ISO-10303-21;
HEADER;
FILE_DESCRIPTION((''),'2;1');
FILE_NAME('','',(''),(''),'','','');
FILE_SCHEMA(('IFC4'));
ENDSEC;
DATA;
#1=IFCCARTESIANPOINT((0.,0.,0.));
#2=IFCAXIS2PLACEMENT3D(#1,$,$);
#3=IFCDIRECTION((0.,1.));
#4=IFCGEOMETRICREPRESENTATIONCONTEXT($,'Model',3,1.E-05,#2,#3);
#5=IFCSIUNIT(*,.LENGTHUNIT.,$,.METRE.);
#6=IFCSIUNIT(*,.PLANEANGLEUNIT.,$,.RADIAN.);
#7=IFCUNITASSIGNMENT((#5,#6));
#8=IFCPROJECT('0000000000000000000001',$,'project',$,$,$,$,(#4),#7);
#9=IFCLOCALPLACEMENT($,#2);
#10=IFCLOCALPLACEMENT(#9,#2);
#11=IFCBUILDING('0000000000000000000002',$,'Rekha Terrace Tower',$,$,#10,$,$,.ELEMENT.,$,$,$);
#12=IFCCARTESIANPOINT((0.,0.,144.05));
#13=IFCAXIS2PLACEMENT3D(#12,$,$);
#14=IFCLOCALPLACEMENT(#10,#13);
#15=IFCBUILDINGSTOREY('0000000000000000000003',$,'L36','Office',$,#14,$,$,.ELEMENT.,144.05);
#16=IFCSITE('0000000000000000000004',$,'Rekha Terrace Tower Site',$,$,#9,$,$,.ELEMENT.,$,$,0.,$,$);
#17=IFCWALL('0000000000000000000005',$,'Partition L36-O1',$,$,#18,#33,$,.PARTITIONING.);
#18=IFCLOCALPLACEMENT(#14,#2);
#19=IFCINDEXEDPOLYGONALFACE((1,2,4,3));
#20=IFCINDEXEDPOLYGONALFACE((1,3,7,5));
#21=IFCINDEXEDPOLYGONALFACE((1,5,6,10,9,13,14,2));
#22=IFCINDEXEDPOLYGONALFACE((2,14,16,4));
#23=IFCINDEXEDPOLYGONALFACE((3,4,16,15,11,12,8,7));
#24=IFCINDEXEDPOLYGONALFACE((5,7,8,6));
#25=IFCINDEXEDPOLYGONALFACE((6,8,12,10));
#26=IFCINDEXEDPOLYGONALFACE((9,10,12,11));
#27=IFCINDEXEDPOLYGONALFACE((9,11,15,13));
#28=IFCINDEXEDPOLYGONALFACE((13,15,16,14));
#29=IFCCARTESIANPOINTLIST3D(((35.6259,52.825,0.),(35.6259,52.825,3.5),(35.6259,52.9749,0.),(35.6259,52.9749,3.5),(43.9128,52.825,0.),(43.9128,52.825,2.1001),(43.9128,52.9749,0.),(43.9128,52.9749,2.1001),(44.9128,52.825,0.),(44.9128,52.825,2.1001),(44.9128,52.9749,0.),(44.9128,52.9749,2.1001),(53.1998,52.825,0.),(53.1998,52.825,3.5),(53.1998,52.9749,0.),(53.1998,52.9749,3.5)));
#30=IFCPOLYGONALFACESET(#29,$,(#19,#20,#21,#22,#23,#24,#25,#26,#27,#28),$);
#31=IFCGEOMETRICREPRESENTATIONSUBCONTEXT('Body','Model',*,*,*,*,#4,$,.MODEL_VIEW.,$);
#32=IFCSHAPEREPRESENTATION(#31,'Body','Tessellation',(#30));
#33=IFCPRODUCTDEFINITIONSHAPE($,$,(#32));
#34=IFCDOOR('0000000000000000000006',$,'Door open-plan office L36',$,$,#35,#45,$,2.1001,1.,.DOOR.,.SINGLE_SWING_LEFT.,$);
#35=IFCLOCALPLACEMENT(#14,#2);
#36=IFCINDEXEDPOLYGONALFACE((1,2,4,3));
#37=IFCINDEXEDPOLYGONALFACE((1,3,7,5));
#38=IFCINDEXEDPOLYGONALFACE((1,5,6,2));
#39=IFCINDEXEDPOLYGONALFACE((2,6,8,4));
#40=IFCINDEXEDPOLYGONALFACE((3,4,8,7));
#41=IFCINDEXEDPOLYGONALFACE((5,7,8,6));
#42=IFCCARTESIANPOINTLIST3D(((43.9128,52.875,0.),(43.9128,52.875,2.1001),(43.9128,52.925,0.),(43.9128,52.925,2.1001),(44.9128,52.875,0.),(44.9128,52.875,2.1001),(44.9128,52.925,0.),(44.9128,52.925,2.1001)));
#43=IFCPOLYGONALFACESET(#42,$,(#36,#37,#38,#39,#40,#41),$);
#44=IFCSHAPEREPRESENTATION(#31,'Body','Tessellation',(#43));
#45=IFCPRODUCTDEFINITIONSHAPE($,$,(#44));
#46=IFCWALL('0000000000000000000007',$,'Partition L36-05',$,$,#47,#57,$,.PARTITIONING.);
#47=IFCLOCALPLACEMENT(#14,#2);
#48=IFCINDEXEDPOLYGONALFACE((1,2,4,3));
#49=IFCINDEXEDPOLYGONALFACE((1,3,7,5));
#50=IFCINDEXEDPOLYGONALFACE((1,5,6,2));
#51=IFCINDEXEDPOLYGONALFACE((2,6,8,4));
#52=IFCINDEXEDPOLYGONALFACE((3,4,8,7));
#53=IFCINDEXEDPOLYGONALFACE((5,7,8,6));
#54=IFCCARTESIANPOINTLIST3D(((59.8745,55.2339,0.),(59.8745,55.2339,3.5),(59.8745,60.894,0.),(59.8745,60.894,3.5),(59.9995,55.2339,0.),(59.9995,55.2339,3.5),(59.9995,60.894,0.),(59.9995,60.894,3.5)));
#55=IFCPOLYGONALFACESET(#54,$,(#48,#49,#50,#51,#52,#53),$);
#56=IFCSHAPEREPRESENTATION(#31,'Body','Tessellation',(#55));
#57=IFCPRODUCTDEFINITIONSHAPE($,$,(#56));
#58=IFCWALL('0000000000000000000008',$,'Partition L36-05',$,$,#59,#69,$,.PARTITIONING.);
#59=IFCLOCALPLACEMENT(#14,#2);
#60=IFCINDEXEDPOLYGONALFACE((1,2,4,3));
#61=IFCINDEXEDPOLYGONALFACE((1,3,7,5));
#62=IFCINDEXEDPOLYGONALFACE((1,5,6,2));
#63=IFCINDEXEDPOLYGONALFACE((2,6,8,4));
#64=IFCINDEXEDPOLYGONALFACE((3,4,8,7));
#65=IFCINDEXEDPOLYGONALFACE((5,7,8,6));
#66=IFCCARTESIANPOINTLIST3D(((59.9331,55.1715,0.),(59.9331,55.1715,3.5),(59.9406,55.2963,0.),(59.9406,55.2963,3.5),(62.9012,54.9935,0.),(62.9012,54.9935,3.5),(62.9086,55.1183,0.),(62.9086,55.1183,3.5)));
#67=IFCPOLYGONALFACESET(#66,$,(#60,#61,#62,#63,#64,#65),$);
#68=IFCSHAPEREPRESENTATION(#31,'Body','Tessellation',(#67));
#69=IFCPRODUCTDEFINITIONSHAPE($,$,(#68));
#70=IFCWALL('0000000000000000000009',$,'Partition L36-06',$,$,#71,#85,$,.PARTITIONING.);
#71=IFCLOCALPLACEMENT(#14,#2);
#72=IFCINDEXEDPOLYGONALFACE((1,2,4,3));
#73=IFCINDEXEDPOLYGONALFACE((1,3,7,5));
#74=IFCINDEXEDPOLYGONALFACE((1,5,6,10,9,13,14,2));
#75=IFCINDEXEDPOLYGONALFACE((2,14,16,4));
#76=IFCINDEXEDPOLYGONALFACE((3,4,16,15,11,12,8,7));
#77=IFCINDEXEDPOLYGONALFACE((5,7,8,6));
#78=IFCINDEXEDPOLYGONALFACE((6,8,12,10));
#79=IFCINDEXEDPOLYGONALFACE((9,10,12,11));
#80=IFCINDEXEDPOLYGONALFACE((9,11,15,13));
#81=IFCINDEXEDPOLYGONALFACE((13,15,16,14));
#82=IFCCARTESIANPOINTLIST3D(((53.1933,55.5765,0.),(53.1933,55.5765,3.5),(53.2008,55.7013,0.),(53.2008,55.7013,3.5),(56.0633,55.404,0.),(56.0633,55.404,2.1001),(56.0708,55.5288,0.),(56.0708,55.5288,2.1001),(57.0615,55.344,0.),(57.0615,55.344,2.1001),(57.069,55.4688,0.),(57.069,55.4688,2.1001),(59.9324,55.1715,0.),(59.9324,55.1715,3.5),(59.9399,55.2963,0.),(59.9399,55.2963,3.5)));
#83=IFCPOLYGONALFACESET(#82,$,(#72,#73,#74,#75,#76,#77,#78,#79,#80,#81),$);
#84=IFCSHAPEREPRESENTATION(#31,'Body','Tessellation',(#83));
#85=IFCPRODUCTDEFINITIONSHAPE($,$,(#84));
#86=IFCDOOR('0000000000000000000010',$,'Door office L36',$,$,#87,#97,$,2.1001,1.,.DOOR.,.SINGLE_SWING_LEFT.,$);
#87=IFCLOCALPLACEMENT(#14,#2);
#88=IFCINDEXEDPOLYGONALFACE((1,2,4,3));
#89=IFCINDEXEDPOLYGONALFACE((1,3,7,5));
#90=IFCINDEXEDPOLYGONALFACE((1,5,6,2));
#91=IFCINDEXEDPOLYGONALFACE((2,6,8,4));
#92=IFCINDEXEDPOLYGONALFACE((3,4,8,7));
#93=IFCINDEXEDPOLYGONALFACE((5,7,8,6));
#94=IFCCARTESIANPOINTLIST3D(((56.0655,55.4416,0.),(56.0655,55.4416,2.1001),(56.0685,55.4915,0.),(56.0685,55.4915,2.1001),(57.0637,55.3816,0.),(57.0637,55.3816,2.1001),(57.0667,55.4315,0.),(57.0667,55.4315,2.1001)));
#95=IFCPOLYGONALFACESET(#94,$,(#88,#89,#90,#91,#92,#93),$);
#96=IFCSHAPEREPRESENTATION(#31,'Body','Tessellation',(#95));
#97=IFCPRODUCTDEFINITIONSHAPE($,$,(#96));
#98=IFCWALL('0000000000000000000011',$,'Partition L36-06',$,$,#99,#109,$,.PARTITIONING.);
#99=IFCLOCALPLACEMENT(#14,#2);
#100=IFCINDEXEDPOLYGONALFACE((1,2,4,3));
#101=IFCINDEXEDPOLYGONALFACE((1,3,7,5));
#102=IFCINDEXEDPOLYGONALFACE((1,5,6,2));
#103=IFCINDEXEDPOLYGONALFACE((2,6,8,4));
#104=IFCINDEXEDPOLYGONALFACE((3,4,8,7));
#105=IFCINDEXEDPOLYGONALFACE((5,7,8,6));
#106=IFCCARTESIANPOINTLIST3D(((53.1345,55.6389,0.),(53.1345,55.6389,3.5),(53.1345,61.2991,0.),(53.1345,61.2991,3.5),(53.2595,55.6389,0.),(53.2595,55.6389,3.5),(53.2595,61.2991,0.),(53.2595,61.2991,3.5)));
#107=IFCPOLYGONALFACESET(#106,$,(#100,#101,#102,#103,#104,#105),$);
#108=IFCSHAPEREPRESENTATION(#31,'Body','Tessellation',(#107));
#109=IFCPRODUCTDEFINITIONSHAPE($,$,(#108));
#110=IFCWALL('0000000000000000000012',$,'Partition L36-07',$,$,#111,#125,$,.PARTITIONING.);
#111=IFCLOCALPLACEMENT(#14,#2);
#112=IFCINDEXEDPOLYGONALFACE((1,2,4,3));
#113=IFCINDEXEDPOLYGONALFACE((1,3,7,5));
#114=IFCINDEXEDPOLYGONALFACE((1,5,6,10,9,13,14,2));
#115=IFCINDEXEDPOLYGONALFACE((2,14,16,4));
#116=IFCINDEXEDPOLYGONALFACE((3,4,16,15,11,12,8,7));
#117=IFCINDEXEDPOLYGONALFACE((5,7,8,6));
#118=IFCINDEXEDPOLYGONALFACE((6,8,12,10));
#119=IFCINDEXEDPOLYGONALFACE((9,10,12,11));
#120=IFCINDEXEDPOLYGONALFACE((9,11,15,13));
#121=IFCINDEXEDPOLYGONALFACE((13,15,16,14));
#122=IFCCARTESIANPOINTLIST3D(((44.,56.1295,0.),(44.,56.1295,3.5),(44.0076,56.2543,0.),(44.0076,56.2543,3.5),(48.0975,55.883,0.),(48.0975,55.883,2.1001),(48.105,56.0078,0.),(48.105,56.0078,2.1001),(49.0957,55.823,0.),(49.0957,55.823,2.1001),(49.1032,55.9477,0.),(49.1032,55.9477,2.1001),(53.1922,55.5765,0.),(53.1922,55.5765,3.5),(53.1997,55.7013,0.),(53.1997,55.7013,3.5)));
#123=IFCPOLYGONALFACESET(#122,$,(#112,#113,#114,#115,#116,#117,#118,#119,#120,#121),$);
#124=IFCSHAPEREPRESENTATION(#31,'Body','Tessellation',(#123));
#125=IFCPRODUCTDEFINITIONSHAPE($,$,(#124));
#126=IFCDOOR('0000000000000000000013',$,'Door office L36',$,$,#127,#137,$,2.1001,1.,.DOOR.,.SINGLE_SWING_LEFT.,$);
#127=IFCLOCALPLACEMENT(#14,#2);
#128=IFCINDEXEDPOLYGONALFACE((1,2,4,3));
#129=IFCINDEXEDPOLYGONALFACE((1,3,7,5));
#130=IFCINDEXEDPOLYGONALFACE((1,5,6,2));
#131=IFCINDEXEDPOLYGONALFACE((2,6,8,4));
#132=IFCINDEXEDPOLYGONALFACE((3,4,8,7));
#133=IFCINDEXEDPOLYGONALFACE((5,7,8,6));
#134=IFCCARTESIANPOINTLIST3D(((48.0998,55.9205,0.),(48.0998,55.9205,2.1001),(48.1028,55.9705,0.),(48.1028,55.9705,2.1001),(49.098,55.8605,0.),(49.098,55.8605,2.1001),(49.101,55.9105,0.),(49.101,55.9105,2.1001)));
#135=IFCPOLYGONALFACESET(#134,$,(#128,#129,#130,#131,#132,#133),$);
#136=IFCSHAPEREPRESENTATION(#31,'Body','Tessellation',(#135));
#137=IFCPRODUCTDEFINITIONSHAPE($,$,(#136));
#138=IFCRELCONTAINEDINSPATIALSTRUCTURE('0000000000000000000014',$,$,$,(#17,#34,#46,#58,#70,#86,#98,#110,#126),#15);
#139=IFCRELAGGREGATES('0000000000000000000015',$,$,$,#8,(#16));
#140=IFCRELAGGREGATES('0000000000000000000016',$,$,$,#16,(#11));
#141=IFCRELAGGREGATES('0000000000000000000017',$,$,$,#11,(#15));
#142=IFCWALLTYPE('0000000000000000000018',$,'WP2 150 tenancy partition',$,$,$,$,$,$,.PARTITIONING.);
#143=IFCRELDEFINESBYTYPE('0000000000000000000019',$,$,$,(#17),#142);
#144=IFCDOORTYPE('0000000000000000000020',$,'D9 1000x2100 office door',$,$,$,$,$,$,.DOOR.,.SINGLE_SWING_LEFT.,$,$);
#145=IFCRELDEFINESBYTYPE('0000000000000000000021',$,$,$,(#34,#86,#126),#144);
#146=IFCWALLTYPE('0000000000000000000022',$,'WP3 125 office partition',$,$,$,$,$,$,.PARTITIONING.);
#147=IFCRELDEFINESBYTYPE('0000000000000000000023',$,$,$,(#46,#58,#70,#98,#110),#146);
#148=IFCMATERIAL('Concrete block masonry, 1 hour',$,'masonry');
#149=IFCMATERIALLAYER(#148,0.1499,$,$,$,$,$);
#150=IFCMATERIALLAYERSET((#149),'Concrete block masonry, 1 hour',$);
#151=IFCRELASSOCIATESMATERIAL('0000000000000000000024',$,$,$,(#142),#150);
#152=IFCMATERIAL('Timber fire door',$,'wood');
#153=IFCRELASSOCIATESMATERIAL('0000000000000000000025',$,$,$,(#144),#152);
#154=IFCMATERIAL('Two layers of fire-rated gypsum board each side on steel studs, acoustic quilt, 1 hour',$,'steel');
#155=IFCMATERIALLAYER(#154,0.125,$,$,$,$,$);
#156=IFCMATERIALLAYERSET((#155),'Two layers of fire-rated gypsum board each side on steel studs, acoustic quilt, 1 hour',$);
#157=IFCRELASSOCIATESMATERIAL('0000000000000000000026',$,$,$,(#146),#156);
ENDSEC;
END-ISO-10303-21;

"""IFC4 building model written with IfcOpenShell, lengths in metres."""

from ifc_helpers import new_model, si_unit, direction, frame, frame_2d, origin, place, context, subcontext, project, spatial, rectangle, extrude, material, layer, layer_set, type_object, element, fill, save


model = new_model("IFC4")

# Units and contexts
model_context = context("Model", 3, precision=1e-05, world=origin(), true_north=direction((0.0, 1.0)))
body_context = subcontext(model_context, "Body", "Model", "MODEL_VIEW")
ifc_project = project(units=[si_unit("LENGTHUNIT", "METRE"), si_unit("PLANEANGLEUNIT", "RADIAN")], contexts=[model_context])

# Site, building, storey
site_placement = place(None, origin())
site = spatial("IfcSite", under=ifc_project, at=site_placement, Name="Rekha Terrace Tower Site", CompositionType="ELEMENT", RefElevation=0.0)
building_placement = place(site_placement, origin())
building = spatial("IfcBuilding", under=site, at=building_placement, Name="Rekha Terrace Tower", CompositionType="ELEMENT")
storey_placement = place(building_placement, frame((0.0, 0.0, 144.05)))
storey = spatial("IfcBuildingStorey", under=building, at=storey_placement, Name="L36", Description="Office", CompositionType="ELEMENT", Elevation=144.05)

# Wall, opening, door
ifc_material_1 = material(Name="Concrete block masonry, 1 hour", Category="masonry")
ifc_layer_1 = layer(ifc_material_1, 0.1499)
ifc_layer_set_1 = layer_set([ifc_layer_1], Name="Concrete block masonry, 1 hour")
wall_type_1 = type_object("IfcWallType", Name="WP2 150 tenancy partition", PredefinedType="PARTITIONING", material=ifc_layer_set_1)
wall_1_placement = place(storey_placement, frame((53.2, 52.8999, 0.0), z_axis=(0.0, 0.0, 1.0), x_axis=(-1.0, 0.0, 0.0)))
wall_1 = element("IfcWall", 1, at=wall_1_placement, inside=storey, type_object=wall_type_1, Name="Partition L36-O1", PredefinedType="PARTITIONING", context=body_context, shape_type="SweptSolid", body=[
    extrude(rectangle(XDim=17.574, YDim=0.1499, at=frame_2d((8.7871, 0.0))), origin(), (0.0, 0.0, 1.0), 3.5),
])
opening_1_placement = place(wall_1_placement, frame((8.2871, 0.0, 0.0)))
opening_1 = element("IfcOpeningElement", 2, at=opening_1_placement, cuts=wall_1, PredefinedType="OPENING", context=body_context, shape_type="SweptSolid", body=[
    extrude(rectangle(XDim=1.0, YDim=2.1001, at=frame_2d((0.5, 1.05))), frame((0.0, 0.085, 0.0), z_axis=(0.0, -1.0, 0.0), x_axis=(1.0, 0.0, 0.0)), (0.0, 0.0, 1.0), 0.1699),
])
ifc_material_2 = material(Name="Timber fire door", Category="wood")
door_type = type_object("IfcDoorType", Name="D9 1000x2100 office door", OperationType="SINGLE_SWING_LEFT", PredefinedType="DOOR", material=ifc_material_2)
door_1_placement = place(opening_1_placement, origin())
door_1 = element("IfcDoor", 3, at=door_1_placement, inside=storey, type_object=door_type, Name="Door open-plan office L36", OperationType="SINGLE_SWING_LEFT", OverallHeight=2.1001, OverallWidth=1.0, PredefinedType="DOOR", context=body_context, shape_type="SweptSolid", body=[
    extrude(rectangle(XDim=1.0, YDim=2.1001, at=frame_2d((0.5, 1.05))), frame((0.0, 0.0249, 0.0), z_axis=(0.0, -1.0, 0.0), x_axis=(1.0, 0.0, 0.0)), (0.0, 0.0, 1.0), 0.05),
])
fill(opening_1, door_1)

# Walls
ifc_material_3 = material(Name="Two layers of fire-rated gypsum board each side on steel studs, acoustic quilt, 1 hour", Category="steel")
ifc_layer_2 = layer(ifc_material_3, 0.125)
ifc_layer_set_2 = layer_set([ifc_layer_2], Name="Two layers of fire-rated gypsum board each side on steel studs, acoustic quilt, 1 hour")
wall_type_2 = type_object("IfcWallType", Name="WP3 125 office partition", PredefinedType="PARTITIONING", material=ifc_layer_set_2)
wall_2_placement = place(storey_placement, frame((59.937, 55.2339, 0.0), z_axis=(0.0, 0.0, 1.0), x_axis=(0.0, 1.0, 0.0)))
element("IfcWall", 4, at=wall_2_placement, inside=storey, type_object=wall_type_2, Name="Partition L36-05", PredefinedType="PARTITIONING", context=body_context, shape_type="SweptSolid", body=[
    extrude(rectangle(XDim=5.6602, YDim=0.125, at=frame_2d((2.8301, 0.0))), origin(), (0.0, 0.0, 1.0), 3.5),
])
wall_3_placement = place(storey_placement, frame((62.905, 55.0559, 0.0), z_axis=(0.0, 0.0, 1.0), x_axis=(-0.998207, 0.059858, 0.0)))
element("IfcWall", 5, at=wall_3_placement, inside=storey, type_object=wall_type_2, Name="Partition L36-05", PredefinedType="PARTITIONING", context=body_context, shape_type="SweptSolid", body=[
    extrude(rectangle(XDim=2.9734, YDim=0.125, at=frame_2d((1.4868, 0.0))), origin(), (0.0, 0.0, 1.0), 3.5),
])

# Wall, opening, door
wall_4_placement = place(storey_placement, frame((59.936, 55.2339, 0.0), z_axis=(0.0, 0.0, 1.0), x_axis=(-0.998199, 0.059994, 0.0)))
wall_4 = element("IfcWall", 6, at=wall_4_placement, inside=storey, type_object=wall_type_2, Name="Partition L36-06", PredefinedType="PARTITIONING", context=body_context, shape_type="SweptSolid", body=[
    extrude(rectangle(XDim=6.7512, YDim=0.125, at=frame_2d((3.3755, 0.0))), origin(), (0.0, 0.0, 1.0), 3.5),
])
opening_2_placement = place(wall_4_placement, frame((2.876, 0.0, 0.0)))
opening_2 = element("IfcOpeningElement", 7, at=opening_2_placement, cuts=wall_4, PredefinedType="OPENING", context=body_context, shape_type="SweptSolid", body=[
    extrude(rectangle(XDim=1.0, YDim=2.1001, at=frame_2d((0.5, 1.05))), frame((0.0, 0.0725, 0.0), z_axis=(0.0, -1.0, 0.0), x_axis=(1.0, 0.0, 0.0)), (0.0, 0.0, 1.0), 0.145),
])
door_2_placement = place(opening_2_placement, origin())
door_2 = element("IfcDoor", 8, at=door_2_placement, inside=storey, type_object=door_type, Name="Door office L36", OperationType="SINGLE_SWING_LEFT", OverallHeight=2.1001, OverallWidth=1.0, PredefinedType="DOOR", context=body_context, shape_type="SweptSolid", body=[
    extrude(rectangle(XDim=1.0, YDim=2.1001, at=frame_2d((0.5, 1.05))), frame((0.0, 0.0249, 0.0), z_axis=(0.0, -1.0, 0.0), x_axis=(1.0, 0.0, 0.0)), (0.0, 0.0, 1.0), 0.05),
])
fill(opening_2, door_2)

# Wall
wall_5_placement = place(storey_placement, frame((53.197, 55.6389, 0.0), z_axis=(0.0, 0.0, 1.0), x_axis=(0.0, 1.0, 0.0)))
element("IfcWall", 9, at=wall_5_placement, inside=storey, type_object=wall_type_2, Name="Partition L36-06", PredefinedType="PARTITIONING", context=body_context, shape_type="SweptSolid", body=[
    extrude(rectangle(XDim=5.6602, YDim=0.125, at=frame_2d((2.8301, 0.0))), origin(), (0.0, 0.0, 1.0), 3.5),
])

# Wall, opening, door
wall_6_placement = place(storey_placement, frame((53.196, 55.6389, 0.0), z_axis=(0.0, 0.0, 1.0), x_axis=(-0.998195, 0.060049, 0.0)))
wall_6 = element("IfcWall", 10, at=wall_6_placement, inside=storey, type_object=wall_type_2, Name="Partition L36-07", PredefinedType="PARTITIONING", context=body_context, shape_type="SweptSolid", body=[
    extrude(rectangle(XDim=9.2087, YDim=0.125, at=frame_2d((4.6045, 0.0))), origin(), (0.0, 0.0, 1.0), 3.5),
])
opening_3_placement = place(wall_6_placement, frame((4.104, 0.0, 0.0)))
opening_3 = element("IfcOpeningElement", 11, at=opening_3_placement, cuts=wall_6, PredefinedType="OPENING", context=body_context, shape_type="SweptSolid", body=[
    extrude(rectangle(XDim=1.0, YDim=2.1001, at=frame_2d((0.5, 1.05))), frame((0.0, 0.0725, 0.0), z_axis=(0.0, -1.0, 0.0), x_axis=(1.0, 0.0, 0.0)), (0.0, 0.0, 1.0), 0.145),
])
door_3_placement = place(opening_3_placement, origin())
door_3 = element("IfcDoor", 12, at=door_3_placement, inside=storey, type_object=door_type, Name="Door office L36", OperationType="SINGLE_SWING_LEFT", OverallHeight=2.1001, OverallWidth=1.0, PredefinedType="DOOR", context=body_context, shape_type="SweptSolid", body=[
    extrude(rectangle(XDim=1.0, YDim=2.1001, at=frame_2d((0.5, 1.05))), frame((0.0, 0.0249, 0.0), z_axis=(0.0, -1.0, 0.0), x_axis=(1.0, 0.0, 0.0)), (0.0, 0.0, 1.0), 0.05),
])
fill(opening_3, door_3)

save(model, "model.ifc")
